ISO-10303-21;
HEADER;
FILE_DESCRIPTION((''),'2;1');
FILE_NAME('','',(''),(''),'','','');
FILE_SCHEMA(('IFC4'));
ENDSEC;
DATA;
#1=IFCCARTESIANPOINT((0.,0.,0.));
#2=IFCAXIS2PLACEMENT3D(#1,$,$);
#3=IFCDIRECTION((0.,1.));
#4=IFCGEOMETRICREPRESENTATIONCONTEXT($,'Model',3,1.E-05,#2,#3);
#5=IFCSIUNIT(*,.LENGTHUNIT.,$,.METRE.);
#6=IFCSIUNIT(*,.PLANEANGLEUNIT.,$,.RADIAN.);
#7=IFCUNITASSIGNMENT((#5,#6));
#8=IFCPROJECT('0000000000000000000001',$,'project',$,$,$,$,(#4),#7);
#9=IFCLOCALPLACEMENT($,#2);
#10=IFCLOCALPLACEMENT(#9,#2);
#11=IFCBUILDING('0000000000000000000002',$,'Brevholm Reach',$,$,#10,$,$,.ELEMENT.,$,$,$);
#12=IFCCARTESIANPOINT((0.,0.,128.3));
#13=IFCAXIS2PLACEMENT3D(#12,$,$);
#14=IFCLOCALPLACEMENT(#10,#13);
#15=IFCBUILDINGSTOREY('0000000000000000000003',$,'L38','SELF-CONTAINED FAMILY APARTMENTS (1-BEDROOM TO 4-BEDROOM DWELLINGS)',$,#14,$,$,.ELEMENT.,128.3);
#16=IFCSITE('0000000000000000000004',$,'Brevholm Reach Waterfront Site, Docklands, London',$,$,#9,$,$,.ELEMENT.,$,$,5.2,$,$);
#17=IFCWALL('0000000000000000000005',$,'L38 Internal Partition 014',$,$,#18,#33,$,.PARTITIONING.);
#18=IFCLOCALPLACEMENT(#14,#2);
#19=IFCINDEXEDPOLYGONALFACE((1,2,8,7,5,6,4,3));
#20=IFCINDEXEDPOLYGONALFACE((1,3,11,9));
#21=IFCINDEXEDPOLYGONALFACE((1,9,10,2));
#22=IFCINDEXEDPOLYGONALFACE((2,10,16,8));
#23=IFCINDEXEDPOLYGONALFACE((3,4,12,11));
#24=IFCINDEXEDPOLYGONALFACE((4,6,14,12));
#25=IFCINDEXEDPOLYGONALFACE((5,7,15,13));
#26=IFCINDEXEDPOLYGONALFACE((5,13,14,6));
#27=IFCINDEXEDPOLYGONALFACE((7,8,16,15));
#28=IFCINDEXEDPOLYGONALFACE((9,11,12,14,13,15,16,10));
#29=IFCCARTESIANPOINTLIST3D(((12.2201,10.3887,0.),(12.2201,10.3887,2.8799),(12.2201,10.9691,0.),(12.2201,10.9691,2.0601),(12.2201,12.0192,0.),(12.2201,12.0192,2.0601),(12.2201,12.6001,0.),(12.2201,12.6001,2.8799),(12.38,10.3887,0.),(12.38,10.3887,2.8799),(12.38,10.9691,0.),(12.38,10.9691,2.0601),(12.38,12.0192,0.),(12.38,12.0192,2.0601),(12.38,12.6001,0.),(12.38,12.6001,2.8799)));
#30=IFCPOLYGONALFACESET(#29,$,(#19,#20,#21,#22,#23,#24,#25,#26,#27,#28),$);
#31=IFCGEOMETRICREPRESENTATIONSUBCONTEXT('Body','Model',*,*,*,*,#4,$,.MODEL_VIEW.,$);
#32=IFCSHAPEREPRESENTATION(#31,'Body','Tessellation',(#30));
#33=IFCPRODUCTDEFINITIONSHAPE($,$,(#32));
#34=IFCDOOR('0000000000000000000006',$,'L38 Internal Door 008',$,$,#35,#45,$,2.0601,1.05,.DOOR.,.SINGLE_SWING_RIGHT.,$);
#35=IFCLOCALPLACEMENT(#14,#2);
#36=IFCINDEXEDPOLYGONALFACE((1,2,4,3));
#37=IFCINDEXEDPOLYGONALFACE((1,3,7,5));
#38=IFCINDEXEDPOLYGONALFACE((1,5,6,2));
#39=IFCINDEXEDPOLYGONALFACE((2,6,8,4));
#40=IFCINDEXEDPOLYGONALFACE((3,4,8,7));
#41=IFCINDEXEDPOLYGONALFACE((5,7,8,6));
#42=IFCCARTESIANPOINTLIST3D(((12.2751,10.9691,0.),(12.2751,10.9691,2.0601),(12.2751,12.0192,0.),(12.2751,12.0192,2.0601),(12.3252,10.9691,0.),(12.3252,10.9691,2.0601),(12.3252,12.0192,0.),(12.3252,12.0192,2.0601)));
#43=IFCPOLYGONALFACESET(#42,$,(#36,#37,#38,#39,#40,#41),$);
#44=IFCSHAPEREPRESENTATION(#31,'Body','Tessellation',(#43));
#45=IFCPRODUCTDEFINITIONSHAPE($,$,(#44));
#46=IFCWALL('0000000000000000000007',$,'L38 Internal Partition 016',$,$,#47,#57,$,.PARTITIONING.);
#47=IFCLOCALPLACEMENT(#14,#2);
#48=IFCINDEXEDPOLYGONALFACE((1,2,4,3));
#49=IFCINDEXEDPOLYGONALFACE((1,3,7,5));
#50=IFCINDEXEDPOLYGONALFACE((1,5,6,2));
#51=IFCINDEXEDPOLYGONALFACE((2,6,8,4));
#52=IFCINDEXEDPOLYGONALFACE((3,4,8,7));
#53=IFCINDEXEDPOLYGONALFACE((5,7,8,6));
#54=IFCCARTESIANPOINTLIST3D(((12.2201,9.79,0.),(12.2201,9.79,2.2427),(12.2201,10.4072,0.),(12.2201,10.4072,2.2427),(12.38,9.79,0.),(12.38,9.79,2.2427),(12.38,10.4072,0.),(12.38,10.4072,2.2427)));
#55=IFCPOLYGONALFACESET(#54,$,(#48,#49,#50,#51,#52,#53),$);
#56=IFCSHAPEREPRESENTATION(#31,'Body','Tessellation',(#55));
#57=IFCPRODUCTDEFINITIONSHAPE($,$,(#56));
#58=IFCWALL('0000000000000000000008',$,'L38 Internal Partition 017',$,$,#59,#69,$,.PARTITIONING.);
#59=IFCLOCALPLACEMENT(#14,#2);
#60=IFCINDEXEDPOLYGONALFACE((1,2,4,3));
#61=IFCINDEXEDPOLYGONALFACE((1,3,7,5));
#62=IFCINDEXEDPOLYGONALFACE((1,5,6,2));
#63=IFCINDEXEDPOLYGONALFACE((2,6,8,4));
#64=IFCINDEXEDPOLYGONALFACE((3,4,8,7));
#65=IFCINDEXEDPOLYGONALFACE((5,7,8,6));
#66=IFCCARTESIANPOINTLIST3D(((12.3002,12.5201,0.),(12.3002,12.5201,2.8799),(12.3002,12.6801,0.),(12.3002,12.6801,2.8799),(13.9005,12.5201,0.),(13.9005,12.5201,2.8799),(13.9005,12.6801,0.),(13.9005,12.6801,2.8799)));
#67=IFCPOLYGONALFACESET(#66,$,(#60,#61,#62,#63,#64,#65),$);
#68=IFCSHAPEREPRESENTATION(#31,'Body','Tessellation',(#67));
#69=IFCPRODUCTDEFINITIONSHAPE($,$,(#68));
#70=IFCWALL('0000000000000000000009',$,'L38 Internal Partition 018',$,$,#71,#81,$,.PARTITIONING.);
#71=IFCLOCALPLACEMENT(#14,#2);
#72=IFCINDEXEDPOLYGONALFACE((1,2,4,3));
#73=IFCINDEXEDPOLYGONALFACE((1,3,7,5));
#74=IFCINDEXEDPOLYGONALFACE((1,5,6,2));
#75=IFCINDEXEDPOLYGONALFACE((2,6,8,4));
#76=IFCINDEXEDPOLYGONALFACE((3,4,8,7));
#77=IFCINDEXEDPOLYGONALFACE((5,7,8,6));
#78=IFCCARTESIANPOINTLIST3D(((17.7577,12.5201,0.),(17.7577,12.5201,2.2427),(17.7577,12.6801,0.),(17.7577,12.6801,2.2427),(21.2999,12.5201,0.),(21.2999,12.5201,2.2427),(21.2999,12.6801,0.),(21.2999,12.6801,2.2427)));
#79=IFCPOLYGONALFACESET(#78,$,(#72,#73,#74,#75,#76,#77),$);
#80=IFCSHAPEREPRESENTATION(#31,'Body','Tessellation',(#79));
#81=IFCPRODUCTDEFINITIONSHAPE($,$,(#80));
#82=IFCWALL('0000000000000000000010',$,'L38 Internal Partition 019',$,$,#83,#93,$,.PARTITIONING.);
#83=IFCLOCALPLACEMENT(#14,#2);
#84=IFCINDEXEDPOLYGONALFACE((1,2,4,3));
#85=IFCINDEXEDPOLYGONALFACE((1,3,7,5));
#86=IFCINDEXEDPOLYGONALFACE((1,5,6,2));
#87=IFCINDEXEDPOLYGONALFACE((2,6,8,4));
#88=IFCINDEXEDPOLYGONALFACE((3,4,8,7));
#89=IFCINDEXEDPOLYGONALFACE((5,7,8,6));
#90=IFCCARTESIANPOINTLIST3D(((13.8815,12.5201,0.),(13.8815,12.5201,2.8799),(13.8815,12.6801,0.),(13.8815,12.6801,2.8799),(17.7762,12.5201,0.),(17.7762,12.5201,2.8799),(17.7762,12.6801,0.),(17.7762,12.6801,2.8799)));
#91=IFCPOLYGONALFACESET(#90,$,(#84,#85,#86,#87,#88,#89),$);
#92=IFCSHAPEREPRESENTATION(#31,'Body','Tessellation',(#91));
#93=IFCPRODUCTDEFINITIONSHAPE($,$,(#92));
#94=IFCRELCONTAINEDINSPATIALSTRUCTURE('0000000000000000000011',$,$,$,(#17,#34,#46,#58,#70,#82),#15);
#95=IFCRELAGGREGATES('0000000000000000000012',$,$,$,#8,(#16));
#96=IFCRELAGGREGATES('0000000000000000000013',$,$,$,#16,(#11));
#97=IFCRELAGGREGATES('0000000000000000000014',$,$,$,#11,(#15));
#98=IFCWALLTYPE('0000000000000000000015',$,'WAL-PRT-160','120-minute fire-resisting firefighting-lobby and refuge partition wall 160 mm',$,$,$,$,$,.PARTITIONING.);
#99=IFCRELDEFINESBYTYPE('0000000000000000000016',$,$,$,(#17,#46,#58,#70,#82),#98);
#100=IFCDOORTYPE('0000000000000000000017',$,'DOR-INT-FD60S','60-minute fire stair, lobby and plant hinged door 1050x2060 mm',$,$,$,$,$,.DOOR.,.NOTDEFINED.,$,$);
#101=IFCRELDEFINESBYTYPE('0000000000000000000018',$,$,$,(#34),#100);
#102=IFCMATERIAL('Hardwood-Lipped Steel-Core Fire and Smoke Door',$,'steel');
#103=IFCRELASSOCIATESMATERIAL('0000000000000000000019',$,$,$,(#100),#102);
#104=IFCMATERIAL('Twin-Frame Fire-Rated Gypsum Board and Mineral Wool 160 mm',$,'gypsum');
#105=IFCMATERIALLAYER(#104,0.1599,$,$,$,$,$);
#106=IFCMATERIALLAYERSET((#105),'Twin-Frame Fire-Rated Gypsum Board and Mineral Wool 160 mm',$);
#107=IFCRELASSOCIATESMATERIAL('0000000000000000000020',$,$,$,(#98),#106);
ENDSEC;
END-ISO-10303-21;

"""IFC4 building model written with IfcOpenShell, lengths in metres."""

from ifc_helpers import new_model, si_unit, direction, frame, frame_2d, origin, place, context, subcontext, project, spatial, rectangle, extrude, material, layer, layer_set, type_object, element, fill, save


model = new_model("IFC4")

# Units and contexts
model_context = context("Model", 3, precision=1e-05, world=origin(), true_north=direction((0.0, 1.0)))
body_context = subcontext(model_context, "Body", "Model", "MODEL_VIEW")
ifc_project = project(units=[si_unit("LENGTHUNIT", "METRE"), si_unit("PLANEANGLEUNIT", "RADIAN")], contexts=[model_context])

# Site, building, storey
site_placement = place(None, origin())
site = spatial("IfcSite", under=ifc_project, at=site_placement, Name="Brevholm Reach Waterfront Site, Docklands, London", CompositionType="ELEMENT", RefElevation=5.2)
building_placement = place(site_placement, origin())
building = spatial("IfcBuilding", under=site, at=building_placement, Name="Brevholm Reach", CompositionType="ELEMENT")
storey_placement = place(building_placement, frame((0.0, 0.0, 128.3)))
storey = spatial("IfcBuildingStorey", under=building, at=storey_placement, Name="L38", Description="SELF-CONTAINED FAMILY APARTMENTS (1-BEDROOM TO 4-BEDROOM DWELLINGS)", CompositionType="ELEMENT", Elevation=128.3)

# Shared definitions
ifc_material_1 = material(Name="Hardwood-Lipped Steel-Core Fire and Smoke Door", Category="steel")
door_type_1 = type_object("IfcDoorType", Name="DOR-INT-FD60S", Description="60-minute fire stair, lobby and plant hinged door 1050x2060 mm", OperationType="NOTDEFINED", PredefinedType="DOOR", material=ifc_material_1)

# Wall, opening, door
ifc_material_2 = material(Name="Twin-Frame Fire-Rated Gypsum Board and Mineral Wool 160 mm", Category="gypsum")
ifc_layer_1 = layer(ifc_material_2, 0.1599)
ifc_layer_set_1 = layer_set([ifc_layer_1], Name="Twin-Frame Fire-Rated Gypsum Board and Mineral Wool 160 mm")
wall_type_1 = type_object("IfcWallType", Name="WAL-PRT-160", Description="120-minute fire-resisting firefighting-lobby and refuge partition wall 160 mm", PredefinedType="PARTITIONING", material=ifc_layer_set_1)
wall_1_placement = place(storey_placement, frame((12.3, 10.3887, 0.0), z_axis=(0.0, 0.0, 1.0), x_axis=(0.0, 1.0, 0.0)))
wall_1 = element("IfcWall", 1, at=wall_1_placement, inside=storey, type_object=wall_type_1, Name="L38 Internal Partition 014", PredefinedType="PARTITIONING", context=body_context, shape_type="SweptSolid", body=[
    extrude(rectangle(XDim=2.2114, YDim=0.1599, at=frame_2d((1.1057, 0.0))), origin(), (0.0, 0.0, 1.0), 2.8799),
])
opening_1_placement = place(wall_1_placement, frame((0.5806, 0.0, 0.0)))
opening_1 = element("IfcOpeningElement", 2, at=opening_1_placement, cuts=wall_1, PredefinedType="OPENING", context=body_context, shape_type="SweptSolid", body=[
    extrude(rectangle(XDim=1.05, YDim=2.0601, at=frame_2d((0.5249, 1.03))), frame((0.0, 0.0898, 0.0), z_axis=(0.0, -1.0, 0.0), x_axis=(1.0, 0.0, 0.0)), (0.0, 0.0, 1.0), 0.1799),
])
door_1_placement = place(opening_1_placement, origin())
door_1 = element("IfcDoor", 3, at=door_1_placement, inside=storey, type_object=door_type_1, Name="L38 Internal Door 008", OperationType="SINGLE_SWING_RIGHT", OverallHeight=2.0601, OverallWidth=1.05, PredefinedType="DOOR", context=body_context, shape_type="SweptSolid", body=[
    extrude(rectangle(XDim=1.05, YDim=2.0601, at=frame_2d((0.5249, 1.03))), frame((0.0, 0.0249, 0.0), z_axis=(0.0, -1.0, 0.0), x_axis=(1.0, 0.0, 0.0)), (0.0, 0.0, 1.0), 0.05),
])
fill(opening_1, door_1)

# Walls
wall_2_placement = place(storey_placement, frame((12.3, 9.79, 0.0), z_axis=(0.0, 0.0, 1.0), x_axis=(0.0, 1.0, 0.0)))
element("IfcWall", 4, at=wall_2_placement, inside=storey, type_object=wall_type_1, Name="L38 Internal Partition 016", PredefinedType="PARTITIONING", context=body_context, shape_type="SweptSolid", body=[
    extrude(rectangle(XDim=0.6172, YDim=0.1599, at=frame_2d((0.3086, 0.0))), origin(), (0.0, 0.0, 1.0), 2.2427),
])
wall_3_placement = place(storey_placement, frame((12.3, 12.6001, 0.0), z_axis=(0.0, 0.0, 1.0), x_axis=(1.0, 0.0, 0.0)))
element("IfcWall", 5, at=wall_3_placement, inside=storey, type_object=wall_type_1, Name="L38 Internal Partition 017", PredefinedType="PARTITIONING", context=body_context, shape_type="SweptSolid", body=[
    extrude(rectangle(XDim=1.6003, YDim=0.1599, at=frame_2d((0.8003, 0.0))), origin(), (0.0, 0.0, 1.0), 2.8799),
])
wall_4_placement = place(storey_placement, frame((17.7578, 12.6001, 0.0), z_axis=(0.0, 0.0, 1.0), x_axis=(1.0, 0.0, 0.0)))
element("IfcWall", 6, at=wall_4_placement, inside=storey, type_object=wall_type_1, Name="L38 Internal Partition 018", PredefinedType="PARTITIONING", context=body_context, shape_type="SweptSolid", body=[
    extrude(rectangle(XDim=3.5422, YDim=0.1599, at=frame_2d((1.771, 0.0))), origin(), (0.0, 0.0, 1.0), 2.2427),
])
wall_5_placement = place(storey_placement, frame((13.8816, 12.6001, 0.0), z_axis=(0.0, 0.0, 1.0), x_axis=(1.0, 0.0, 0.0)))
element("IfcWall", 7, at=wall_5_placement, inside=storey, type_object=wall_type_1, Name="L38 Internal Partition 019", PredefinedType="PARTITIONING", context=body_context, shape_type="SweptSolid", body=[
    extrude(rectangle(XDim=3.8948, YDim=0.1599, at=frame_2d((1.9473, 0.0))), origin(), (0.0, 0.0, 1.0), 2.8799),
])

save(model, "model.ifc")
